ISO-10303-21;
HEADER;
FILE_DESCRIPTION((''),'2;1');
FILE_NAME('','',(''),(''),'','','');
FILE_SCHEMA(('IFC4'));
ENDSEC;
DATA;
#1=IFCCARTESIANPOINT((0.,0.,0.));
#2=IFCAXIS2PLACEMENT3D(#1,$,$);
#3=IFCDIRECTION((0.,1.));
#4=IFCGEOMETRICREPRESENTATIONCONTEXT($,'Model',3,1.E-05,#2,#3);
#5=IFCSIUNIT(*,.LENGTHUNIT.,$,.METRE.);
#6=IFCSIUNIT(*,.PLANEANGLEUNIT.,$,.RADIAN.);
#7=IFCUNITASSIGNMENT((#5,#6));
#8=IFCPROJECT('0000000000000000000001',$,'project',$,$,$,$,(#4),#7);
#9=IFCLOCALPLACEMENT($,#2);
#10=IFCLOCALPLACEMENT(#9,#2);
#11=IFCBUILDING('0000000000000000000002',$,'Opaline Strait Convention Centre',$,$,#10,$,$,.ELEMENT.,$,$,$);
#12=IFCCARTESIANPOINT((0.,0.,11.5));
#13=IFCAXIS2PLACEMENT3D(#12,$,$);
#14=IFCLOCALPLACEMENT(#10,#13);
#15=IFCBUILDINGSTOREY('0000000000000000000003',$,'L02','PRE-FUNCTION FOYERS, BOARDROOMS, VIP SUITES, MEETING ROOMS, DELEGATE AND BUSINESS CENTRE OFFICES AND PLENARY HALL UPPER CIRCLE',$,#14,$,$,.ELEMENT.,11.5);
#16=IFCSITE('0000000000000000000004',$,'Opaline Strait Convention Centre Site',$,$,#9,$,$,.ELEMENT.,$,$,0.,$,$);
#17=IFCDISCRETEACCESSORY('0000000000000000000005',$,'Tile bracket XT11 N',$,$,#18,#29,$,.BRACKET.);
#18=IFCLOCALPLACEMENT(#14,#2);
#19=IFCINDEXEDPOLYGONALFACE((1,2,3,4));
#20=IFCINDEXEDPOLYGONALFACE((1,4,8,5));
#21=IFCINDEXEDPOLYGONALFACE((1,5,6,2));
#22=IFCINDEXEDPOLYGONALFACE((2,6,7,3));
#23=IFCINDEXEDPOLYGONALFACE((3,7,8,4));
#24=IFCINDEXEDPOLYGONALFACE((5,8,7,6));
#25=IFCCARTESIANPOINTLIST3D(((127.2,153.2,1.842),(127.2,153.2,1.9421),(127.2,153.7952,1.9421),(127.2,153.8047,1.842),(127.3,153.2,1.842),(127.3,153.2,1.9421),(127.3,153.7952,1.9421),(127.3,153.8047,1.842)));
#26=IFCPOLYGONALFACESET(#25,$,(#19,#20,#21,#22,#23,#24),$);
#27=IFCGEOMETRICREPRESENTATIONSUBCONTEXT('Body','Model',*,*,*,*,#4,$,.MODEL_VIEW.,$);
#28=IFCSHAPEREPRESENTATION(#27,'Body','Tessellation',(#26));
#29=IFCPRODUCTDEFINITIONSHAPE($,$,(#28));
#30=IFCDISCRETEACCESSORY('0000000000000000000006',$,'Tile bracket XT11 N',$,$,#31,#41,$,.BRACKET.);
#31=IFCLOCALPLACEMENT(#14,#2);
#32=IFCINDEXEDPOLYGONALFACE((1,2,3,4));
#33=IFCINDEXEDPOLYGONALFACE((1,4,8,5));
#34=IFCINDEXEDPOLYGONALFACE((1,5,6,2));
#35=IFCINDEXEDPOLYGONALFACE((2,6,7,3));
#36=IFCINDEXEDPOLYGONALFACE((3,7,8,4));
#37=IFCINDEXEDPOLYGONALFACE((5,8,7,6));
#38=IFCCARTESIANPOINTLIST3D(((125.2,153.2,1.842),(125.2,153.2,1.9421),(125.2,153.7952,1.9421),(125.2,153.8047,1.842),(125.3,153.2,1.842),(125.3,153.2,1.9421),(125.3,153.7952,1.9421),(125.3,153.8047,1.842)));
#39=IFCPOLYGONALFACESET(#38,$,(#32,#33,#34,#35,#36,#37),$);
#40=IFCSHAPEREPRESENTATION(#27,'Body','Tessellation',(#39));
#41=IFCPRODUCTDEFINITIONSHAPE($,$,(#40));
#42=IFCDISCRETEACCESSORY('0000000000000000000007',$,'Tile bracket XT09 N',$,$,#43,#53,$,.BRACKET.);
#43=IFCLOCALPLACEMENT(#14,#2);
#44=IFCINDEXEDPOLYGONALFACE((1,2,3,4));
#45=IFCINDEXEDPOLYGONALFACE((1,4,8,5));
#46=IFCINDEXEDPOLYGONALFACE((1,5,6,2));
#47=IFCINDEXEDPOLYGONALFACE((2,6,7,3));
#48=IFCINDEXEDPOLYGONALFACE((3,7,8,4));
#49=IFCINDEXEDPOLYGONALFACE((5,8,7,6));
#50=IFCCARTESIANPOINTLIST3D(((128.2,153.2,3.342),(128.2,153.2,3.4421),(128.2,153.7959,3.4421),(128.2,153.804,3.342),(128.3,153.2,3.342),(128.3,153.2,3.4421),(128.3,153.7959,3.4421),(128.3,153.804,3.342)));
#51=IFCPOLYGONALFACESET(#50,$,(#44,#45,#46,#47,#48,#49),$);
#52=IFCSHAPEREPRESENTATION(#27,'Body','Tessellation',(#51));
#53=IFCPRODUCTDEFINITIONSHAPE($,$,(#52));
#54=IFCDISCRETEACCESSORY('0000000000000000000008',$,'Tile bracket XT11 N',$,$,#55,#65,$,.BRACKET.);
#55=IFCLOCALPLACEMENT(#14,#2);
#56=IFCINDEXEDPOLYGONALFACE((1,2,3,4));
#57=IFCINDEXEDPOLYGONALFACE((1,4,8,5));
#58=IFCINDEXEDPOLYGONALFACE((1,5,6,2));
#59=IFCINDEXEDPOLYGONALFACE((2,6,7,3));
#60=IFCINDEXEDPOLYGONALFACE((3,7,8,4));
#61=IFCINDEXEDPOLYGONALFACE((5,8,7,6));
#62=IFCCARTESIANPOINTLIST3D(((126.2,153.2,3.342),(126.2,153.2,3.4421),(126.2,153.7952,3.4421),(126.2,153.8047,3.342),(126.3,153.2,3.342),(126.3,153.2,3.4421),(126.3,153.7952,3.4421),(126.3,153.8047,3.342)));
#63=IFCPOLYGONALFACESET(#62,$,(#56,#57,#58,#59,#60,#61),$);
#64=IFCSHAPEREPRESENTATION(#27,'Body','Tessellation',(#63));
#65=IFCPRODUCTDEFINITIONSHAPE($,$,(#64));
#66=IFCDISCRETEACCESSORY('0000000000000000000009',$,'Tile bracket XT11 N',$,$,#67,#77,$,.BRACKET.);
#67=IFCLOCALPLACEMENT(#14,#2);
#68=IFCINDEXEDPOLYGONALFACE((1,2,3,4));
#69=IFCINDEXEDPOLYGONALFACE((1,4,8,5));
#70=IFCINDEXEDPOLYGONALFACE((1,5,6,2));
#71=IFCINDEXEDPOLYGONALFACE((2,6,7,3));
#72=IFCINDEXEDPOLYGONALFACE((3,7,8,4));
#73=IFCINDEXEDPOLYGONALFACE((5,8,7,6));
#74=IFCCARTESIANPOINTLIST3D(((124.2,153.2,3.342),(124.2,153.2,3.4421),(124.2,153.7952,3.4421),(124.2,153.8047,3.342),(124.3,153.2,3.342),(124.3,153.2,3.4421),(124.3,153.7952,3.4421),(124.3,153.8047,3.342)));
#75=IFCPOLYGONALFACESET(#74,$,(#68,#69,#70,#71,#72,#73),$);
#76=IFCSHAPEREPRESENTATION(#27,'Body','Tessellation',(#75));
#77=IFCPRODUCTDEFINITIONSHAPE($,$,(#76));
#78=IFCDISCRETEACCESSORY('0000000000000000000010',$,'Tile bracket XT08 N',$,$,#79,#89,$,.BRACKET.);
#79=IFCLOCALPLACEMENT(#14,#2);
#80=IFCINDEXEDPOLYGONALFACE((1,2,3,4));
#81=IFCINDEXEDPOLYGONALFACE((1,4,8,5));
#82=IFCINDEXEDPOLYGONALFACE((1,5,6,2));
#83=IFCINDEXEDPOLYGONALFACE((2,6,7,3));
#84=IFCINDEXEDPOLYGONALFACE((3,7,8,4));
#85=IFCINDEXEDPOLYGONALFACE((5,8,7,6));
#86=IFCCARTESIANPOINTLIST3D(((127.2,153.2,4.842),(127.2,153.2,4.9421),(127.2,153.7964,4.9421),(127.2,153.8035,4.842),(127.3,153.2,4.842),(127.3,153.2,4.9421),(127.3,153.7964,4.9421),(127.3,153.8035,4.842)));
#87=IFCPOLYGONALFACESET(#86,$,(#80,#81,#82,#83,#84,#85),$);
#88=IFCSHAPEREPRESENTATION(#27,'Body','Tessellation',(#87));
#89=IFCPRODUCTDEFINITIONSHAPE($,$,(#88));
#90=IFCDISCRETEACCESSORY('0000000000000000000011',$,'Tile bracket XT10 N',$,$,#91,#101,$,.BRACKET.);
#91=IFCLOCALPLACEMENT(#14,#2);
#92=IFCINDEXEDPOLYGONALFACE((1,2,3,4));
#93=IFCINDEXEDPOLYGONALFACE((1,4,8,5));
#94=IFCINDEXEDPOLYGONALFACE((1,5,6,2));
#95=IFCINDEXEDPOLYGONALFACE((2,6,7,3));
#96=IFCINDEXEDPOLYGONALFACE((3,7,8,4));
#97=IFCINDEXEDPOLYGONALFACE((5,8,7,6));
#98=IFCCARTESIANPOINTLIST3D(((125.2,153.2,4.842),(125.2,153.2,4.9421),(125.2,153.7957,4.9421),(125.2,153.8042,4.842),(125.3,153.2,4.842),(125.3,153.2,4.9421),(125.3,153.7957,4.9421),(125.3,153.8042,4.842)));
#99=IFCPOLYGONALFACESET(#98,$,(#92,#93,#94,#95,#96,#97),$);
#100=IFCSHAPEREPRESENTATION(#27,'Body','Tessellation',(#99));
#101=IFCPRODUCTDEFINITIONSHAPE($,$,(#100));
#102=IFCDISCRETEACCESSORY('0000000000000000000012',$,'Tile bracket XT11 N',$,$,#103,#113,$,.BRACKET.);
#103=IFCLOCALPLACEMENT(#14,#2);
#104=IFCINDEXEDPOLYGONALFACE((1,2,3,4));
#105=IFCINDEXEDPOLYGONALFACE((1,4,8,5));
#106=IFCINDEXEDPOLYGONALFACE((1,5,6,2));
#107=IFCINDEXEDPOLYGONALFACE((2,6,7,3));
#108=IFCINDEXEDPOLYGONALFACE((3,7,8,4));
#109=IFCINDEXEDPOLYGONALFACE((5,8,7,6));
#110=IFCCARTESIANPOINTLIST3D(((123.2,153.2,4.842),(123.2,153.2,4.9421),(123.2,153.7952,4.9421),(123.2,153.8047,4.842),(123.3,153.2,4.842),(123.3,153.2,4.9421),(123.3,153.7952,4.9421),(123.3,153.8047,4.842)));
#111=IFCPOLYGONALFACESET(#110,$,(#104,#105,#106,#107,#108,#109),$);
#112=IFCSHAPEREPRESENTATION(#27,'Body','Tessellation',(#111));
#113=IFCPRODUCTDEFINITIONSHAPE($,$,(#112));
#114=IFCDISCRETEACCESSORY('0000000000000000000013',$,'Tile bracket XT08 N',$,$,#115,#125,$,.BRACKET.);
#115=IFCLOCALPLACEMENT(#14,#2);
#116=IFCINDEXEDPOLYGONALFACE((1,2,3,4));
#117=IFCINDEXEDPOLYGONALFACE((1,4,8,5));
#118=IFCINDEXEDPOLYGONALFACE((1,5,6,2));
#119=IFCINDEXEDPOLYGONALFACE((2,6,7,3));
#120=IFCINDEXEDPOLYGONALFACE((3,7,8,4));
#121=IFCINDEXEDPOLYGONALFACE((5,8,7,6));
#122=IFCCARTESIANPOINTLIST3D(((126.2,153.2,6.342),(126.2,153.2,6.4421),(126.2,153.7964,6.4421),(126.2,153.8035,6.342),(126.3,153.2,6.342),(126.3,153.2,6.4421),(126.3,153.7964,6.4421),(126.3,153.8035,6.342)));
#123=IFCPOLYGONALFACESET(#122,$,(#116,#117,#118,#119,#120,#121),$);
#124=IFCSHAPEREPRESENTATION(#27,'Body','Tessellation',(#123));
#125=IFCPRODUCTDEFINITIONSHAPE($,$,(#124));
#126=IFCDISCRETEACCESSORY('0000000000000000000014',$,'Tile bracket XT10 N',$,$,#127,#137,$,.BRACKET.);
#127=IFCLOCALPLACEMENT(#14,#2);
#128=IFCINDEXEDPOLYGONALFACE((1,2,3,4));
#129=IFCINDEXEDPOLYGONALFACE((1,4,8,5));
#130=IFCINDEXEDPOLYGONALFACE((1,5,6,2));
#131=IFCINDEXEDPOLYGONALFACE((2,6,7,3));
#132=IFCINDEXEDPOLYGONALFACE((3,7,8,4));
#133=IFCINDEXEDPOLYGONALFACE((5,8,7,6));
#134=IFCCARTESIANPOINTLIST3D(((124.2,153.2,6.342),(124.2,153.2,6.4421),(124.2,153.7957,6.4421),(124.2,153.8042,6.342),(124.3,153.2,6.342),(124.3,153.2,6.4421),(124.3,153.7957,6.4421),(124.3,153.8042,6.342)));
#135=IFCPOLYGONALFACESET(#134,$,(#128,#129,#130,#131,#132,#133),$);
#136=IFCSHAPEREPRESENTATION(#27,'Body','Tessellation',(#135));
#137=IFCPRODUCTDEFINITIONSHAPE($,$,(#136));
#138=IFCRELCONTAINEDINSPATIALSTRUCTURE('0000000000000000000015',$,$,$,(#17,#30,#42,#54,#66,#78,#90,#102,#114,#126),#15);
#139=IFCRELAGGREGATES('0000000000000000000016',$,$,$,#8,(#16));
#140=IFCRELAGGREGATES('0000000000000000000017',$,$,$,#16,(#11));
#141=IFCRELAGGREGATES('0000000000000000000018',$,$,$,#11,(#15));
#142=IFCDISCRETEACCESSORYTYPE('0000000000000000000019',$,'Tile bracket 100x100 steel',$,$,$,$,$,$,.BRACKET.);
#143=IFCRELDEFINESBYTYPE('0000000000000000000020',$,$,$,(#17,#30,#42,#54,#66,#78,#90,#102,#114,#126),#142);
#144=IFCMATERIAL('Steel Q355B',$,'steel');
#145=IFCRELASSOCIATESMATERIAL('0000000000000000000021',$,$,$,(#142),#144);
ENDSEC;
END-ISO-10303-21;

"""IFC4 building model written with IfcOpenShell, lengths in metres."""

from ifc_helpers import new_model, si_unit, direction, frame, origin, place, context, subcontext, project, spatial, polyline, outline, extrude, material, type_object, element, save


model = new_model("IFC4")

# Units and contexts
model_context = context("Model", 3, precision=1e-05, world=origin(), true_north=direction((0.0, 1.0)))
body_context = subcontext(model_context, "Body", "Model", "MODEL_VIEW")
ifc_project = project(units=[si_unit("LENGTHUNIT", "METRE"), si_unit("PLANEANGLEUNIT", "RADIAN")], contexts=[model_context])

# Site, building, storey
site_placement = place(None, origin())
site = spatial("IfcSite", under=ifc_project, at=site_placement, Name="Opaline Strait Convention Centre Site", CompositionType="ELEMENT", RefElevation=0.0)
building_placement = place(site_placement, origin())
building = spatial("IfcBuilding", under=site, at=building_placement, Name="Opaline Strait Convention Centre", CompositionType="ELEMENT")
storey_placement = place(building_placement, frame((0.0, 0.0, 11.5)))
storey = spatial("IfcBuildingStorey", under=building, at=storey_placement, Name="L02", Description="PRE-FUNCTION FOYERS, BOARDROOMS, VIP SUITES, MEETING ROOMS, DELEGATE AND BUSINESS CENTRE OFFICES AND PLENARY HALL UPPER CIRCLE", CompositionType="ELEMENT", Elevation=11.5)

# Discrete accessories
ifc_material_1 = material(Name="Steel Q355B", Category="steel")
discrete_accessory_type = type_object("IfcDiscreteAccessoryType", Name="Tile bracket 100x100 steel", PredefinedType="BRACKET", material=ifc_material_1)
for number, where, z_axis, x_axis, name in (
    (1, (127.3, 153.2, 1.8921), (-1.0, 0.0, 0.0), (0.0, -1.0, 0.0), "Tile bracket XT11 N"),
    (2, (125.3, 153.2, 1.8921), (-1.0, 0.0, 0.0), (0.0, -1.0, 0.0), "Tile bracket XT11 N"),
):
    element("IfcDiscreteAccessory", number, at=place(storey_placement, frame(where, z_axis=z_axis, x_axis=x_axis)), inside=storey, type_object=discrete_accessory_type, Name=name, PredefinedType="BRACKET", context=body_context, shape_type="SweptSolid", body=[
        extrude(outline(polyline([(0.0, -0.05), (0.0, 0.05), (-0.5952, 0.05), (-0.6047, -0.05), (0.0, -0.05)])), origin(), (0.0, 0.0, 1.0), 0.1001),
    ])
discrete_accessory_1_placement = place(storey_placement, frame((128.3, 153.2, 3.3921), z_axis=(-1.0, 0.0, 0.0), x_axis=(0.0, -1.0, 0.0)))
element("IfcDiscreteAccessory", 3, at=discrete_accessory_1_placement, inside=storey, type_object=discrete_accessory_type, Name="Tile bracket XT09 N", PredefinedType="BRACKET", context=body_context, shape_type="SweptSolid", body=[
    extrude(outline(polyline([(0.0, -0.05), (0.0, 0.05), (-0.5959, 0.05), (-0.604, -0.05), (0.0, -0.05)])), origin(), (0.0, 0.0, 1.0), 0.1001),
])
for number, where, z_axis, x_axis, name in (
    (4, (126.3, 153.2, 3.3921), (-1.0, 0.0, 0.0), (0.0, -1.0, 0.0), "Tile bracket XT11 N"),
    (5, (124.3, 153.2, 3.3921), (-1.0, 0.0, 0.0), (0.0, -1.0, 0.0), "Tile bracket XT11 N"),
):
    element("IfcDiscreteAccessory", number, at=place(storey_placement, frame(where, z_axis=z_axis, x_axis=x_axis)), inside=storey, type_object=discrete_accessory_type, Name=name, PredefinedType="BRACKET", context=body_context, shape_type="SweptSolid", body=[
        extrude(outline(polyline([(0.0, -0.05), (0.0, 0.05), (-0.5952, 0.05), (-0.6047, -0.05), (0.0, -0.05)])), origin(), (0.0, 0.0, 1.0), 0.1001),
    ])
discrete_accessory_2_placement = place(storey_placement, frame((127.3, 153.2, 4.8921), z_axis=(-1.0, 0.0, 0.0), x_axis=(0.0, -1.0, 0.0)))
element("IfcDiscreteAccessory", 6, at=discrete_accessory_2_placement, inside=storey, type_object=discrete_accessory_type, Name="Tile bracket XT08 N", PredefinedType="BRACKET", context=body_context, shape_type="SweptSolid", body=[
    extrude(outline(polyline([(0.0, -0.05), (0.0, 0.05), (-0.5964, 0.05), (-0.6035, -0.05), (0.0, -0.05)])), origin(), (0.0, 0.0, 1.0), 0.1001),
])
discrete_accessory_3_placement = place(storey_placement, frame((125.3, 153.2, 4.8921), z_axis=(-1.0, 0.0, 0.0), x_axis=(0.0, -1.0, 0.0)))
element("IfcDiscreteAccessory", 7, at=discrete_accessory_3_placement, inside=storey, type_object=discrete_accessory_type, Name="Tile bracket XT10 N", PredefinedType="BRACKET", context=body_context, shape_type="SweptSolid", body=[
    extrude(outline(polyline([(0.0, -0.05), (0.0, 0.05), (-0.5957, 0.05), (-0.6042, -0.05), (0.0, -0.05)])), origin(), (0.0, 0.0, 1.0), 0.1001),
])
discrete_accessory_4_placement = place(storey_placement, frame((123.3, 153.2, 4.8921), z_axis=(-1.0, 0.0, 0.0), x_axis=(0.0, -1.0, 0.0)))
element("IfcDiscreteAccessory", 8, at=discrete_accessory_4_placement, inside=storey, type_object=discrete_accessory_type, Name="Tile bracket XT11 N", PredefinedType="BRACKET", context=body_context, shape_type="SweptSolid", body=[
    extrude(outline(polyline([(0.0, -0.05), (0.0, 0.05), (-0.5952, 0.05), (-0.6047, -0.05), (0.0, -0.05)])), origin(), (0.0, 0.0, 1.0), 0.1001),
])
discrete_accessory_5_placement = place(storey_placement, frame((126.3, 153.2, 6.3921), z_axis=(-1.0, 0.0, 0.0), x_axis=(0.0, -1.0, 0.0)))
element("IfcDiscreteAccessory", 9, at=discrete_accessory_5_placement, inside=storey, type_object=discrete_accessory_type, Name="Tile bracket XT08 N", PredefinedType="BRACKET", context=body_context, shape_type="SweptSolid", body=[
    extrude(outline(polyline([(0.0, -0.05), (0.0, 0.05), (-0.5964, 0.05), (-0.6035, -0.05), (0.0, -0.05)])), origin(), (0.0, 0.0, 1.0), 0.1001),
])
discrete_accessory_6_placement = place(storey_placement, frame((124.3, 153.2, 6.3921), z_axis=(-1.0, 0.0, 0.0), x_axis=(0.0, -1.0, 0.0)))
element("IfcDiscreteAccessory", 10, at=discrete_accessory_6_placement, inside=storey, type_object=discrete_accessory_type, Name="Tile bracket XT10 N", PredefinedType="BRACKET", context=body_context, shape_type="SweptSolid", body=[
    extrude(outline(polyline([(0.0, -0.05), (0.0, 0.05), (-0.5957, 0.05), (-0.6042, -0.05), (0.0, -0.05)])), origin(), (0.0, 0.0, 1.0), 0.1001),
])

save(model, "model.ifc")
